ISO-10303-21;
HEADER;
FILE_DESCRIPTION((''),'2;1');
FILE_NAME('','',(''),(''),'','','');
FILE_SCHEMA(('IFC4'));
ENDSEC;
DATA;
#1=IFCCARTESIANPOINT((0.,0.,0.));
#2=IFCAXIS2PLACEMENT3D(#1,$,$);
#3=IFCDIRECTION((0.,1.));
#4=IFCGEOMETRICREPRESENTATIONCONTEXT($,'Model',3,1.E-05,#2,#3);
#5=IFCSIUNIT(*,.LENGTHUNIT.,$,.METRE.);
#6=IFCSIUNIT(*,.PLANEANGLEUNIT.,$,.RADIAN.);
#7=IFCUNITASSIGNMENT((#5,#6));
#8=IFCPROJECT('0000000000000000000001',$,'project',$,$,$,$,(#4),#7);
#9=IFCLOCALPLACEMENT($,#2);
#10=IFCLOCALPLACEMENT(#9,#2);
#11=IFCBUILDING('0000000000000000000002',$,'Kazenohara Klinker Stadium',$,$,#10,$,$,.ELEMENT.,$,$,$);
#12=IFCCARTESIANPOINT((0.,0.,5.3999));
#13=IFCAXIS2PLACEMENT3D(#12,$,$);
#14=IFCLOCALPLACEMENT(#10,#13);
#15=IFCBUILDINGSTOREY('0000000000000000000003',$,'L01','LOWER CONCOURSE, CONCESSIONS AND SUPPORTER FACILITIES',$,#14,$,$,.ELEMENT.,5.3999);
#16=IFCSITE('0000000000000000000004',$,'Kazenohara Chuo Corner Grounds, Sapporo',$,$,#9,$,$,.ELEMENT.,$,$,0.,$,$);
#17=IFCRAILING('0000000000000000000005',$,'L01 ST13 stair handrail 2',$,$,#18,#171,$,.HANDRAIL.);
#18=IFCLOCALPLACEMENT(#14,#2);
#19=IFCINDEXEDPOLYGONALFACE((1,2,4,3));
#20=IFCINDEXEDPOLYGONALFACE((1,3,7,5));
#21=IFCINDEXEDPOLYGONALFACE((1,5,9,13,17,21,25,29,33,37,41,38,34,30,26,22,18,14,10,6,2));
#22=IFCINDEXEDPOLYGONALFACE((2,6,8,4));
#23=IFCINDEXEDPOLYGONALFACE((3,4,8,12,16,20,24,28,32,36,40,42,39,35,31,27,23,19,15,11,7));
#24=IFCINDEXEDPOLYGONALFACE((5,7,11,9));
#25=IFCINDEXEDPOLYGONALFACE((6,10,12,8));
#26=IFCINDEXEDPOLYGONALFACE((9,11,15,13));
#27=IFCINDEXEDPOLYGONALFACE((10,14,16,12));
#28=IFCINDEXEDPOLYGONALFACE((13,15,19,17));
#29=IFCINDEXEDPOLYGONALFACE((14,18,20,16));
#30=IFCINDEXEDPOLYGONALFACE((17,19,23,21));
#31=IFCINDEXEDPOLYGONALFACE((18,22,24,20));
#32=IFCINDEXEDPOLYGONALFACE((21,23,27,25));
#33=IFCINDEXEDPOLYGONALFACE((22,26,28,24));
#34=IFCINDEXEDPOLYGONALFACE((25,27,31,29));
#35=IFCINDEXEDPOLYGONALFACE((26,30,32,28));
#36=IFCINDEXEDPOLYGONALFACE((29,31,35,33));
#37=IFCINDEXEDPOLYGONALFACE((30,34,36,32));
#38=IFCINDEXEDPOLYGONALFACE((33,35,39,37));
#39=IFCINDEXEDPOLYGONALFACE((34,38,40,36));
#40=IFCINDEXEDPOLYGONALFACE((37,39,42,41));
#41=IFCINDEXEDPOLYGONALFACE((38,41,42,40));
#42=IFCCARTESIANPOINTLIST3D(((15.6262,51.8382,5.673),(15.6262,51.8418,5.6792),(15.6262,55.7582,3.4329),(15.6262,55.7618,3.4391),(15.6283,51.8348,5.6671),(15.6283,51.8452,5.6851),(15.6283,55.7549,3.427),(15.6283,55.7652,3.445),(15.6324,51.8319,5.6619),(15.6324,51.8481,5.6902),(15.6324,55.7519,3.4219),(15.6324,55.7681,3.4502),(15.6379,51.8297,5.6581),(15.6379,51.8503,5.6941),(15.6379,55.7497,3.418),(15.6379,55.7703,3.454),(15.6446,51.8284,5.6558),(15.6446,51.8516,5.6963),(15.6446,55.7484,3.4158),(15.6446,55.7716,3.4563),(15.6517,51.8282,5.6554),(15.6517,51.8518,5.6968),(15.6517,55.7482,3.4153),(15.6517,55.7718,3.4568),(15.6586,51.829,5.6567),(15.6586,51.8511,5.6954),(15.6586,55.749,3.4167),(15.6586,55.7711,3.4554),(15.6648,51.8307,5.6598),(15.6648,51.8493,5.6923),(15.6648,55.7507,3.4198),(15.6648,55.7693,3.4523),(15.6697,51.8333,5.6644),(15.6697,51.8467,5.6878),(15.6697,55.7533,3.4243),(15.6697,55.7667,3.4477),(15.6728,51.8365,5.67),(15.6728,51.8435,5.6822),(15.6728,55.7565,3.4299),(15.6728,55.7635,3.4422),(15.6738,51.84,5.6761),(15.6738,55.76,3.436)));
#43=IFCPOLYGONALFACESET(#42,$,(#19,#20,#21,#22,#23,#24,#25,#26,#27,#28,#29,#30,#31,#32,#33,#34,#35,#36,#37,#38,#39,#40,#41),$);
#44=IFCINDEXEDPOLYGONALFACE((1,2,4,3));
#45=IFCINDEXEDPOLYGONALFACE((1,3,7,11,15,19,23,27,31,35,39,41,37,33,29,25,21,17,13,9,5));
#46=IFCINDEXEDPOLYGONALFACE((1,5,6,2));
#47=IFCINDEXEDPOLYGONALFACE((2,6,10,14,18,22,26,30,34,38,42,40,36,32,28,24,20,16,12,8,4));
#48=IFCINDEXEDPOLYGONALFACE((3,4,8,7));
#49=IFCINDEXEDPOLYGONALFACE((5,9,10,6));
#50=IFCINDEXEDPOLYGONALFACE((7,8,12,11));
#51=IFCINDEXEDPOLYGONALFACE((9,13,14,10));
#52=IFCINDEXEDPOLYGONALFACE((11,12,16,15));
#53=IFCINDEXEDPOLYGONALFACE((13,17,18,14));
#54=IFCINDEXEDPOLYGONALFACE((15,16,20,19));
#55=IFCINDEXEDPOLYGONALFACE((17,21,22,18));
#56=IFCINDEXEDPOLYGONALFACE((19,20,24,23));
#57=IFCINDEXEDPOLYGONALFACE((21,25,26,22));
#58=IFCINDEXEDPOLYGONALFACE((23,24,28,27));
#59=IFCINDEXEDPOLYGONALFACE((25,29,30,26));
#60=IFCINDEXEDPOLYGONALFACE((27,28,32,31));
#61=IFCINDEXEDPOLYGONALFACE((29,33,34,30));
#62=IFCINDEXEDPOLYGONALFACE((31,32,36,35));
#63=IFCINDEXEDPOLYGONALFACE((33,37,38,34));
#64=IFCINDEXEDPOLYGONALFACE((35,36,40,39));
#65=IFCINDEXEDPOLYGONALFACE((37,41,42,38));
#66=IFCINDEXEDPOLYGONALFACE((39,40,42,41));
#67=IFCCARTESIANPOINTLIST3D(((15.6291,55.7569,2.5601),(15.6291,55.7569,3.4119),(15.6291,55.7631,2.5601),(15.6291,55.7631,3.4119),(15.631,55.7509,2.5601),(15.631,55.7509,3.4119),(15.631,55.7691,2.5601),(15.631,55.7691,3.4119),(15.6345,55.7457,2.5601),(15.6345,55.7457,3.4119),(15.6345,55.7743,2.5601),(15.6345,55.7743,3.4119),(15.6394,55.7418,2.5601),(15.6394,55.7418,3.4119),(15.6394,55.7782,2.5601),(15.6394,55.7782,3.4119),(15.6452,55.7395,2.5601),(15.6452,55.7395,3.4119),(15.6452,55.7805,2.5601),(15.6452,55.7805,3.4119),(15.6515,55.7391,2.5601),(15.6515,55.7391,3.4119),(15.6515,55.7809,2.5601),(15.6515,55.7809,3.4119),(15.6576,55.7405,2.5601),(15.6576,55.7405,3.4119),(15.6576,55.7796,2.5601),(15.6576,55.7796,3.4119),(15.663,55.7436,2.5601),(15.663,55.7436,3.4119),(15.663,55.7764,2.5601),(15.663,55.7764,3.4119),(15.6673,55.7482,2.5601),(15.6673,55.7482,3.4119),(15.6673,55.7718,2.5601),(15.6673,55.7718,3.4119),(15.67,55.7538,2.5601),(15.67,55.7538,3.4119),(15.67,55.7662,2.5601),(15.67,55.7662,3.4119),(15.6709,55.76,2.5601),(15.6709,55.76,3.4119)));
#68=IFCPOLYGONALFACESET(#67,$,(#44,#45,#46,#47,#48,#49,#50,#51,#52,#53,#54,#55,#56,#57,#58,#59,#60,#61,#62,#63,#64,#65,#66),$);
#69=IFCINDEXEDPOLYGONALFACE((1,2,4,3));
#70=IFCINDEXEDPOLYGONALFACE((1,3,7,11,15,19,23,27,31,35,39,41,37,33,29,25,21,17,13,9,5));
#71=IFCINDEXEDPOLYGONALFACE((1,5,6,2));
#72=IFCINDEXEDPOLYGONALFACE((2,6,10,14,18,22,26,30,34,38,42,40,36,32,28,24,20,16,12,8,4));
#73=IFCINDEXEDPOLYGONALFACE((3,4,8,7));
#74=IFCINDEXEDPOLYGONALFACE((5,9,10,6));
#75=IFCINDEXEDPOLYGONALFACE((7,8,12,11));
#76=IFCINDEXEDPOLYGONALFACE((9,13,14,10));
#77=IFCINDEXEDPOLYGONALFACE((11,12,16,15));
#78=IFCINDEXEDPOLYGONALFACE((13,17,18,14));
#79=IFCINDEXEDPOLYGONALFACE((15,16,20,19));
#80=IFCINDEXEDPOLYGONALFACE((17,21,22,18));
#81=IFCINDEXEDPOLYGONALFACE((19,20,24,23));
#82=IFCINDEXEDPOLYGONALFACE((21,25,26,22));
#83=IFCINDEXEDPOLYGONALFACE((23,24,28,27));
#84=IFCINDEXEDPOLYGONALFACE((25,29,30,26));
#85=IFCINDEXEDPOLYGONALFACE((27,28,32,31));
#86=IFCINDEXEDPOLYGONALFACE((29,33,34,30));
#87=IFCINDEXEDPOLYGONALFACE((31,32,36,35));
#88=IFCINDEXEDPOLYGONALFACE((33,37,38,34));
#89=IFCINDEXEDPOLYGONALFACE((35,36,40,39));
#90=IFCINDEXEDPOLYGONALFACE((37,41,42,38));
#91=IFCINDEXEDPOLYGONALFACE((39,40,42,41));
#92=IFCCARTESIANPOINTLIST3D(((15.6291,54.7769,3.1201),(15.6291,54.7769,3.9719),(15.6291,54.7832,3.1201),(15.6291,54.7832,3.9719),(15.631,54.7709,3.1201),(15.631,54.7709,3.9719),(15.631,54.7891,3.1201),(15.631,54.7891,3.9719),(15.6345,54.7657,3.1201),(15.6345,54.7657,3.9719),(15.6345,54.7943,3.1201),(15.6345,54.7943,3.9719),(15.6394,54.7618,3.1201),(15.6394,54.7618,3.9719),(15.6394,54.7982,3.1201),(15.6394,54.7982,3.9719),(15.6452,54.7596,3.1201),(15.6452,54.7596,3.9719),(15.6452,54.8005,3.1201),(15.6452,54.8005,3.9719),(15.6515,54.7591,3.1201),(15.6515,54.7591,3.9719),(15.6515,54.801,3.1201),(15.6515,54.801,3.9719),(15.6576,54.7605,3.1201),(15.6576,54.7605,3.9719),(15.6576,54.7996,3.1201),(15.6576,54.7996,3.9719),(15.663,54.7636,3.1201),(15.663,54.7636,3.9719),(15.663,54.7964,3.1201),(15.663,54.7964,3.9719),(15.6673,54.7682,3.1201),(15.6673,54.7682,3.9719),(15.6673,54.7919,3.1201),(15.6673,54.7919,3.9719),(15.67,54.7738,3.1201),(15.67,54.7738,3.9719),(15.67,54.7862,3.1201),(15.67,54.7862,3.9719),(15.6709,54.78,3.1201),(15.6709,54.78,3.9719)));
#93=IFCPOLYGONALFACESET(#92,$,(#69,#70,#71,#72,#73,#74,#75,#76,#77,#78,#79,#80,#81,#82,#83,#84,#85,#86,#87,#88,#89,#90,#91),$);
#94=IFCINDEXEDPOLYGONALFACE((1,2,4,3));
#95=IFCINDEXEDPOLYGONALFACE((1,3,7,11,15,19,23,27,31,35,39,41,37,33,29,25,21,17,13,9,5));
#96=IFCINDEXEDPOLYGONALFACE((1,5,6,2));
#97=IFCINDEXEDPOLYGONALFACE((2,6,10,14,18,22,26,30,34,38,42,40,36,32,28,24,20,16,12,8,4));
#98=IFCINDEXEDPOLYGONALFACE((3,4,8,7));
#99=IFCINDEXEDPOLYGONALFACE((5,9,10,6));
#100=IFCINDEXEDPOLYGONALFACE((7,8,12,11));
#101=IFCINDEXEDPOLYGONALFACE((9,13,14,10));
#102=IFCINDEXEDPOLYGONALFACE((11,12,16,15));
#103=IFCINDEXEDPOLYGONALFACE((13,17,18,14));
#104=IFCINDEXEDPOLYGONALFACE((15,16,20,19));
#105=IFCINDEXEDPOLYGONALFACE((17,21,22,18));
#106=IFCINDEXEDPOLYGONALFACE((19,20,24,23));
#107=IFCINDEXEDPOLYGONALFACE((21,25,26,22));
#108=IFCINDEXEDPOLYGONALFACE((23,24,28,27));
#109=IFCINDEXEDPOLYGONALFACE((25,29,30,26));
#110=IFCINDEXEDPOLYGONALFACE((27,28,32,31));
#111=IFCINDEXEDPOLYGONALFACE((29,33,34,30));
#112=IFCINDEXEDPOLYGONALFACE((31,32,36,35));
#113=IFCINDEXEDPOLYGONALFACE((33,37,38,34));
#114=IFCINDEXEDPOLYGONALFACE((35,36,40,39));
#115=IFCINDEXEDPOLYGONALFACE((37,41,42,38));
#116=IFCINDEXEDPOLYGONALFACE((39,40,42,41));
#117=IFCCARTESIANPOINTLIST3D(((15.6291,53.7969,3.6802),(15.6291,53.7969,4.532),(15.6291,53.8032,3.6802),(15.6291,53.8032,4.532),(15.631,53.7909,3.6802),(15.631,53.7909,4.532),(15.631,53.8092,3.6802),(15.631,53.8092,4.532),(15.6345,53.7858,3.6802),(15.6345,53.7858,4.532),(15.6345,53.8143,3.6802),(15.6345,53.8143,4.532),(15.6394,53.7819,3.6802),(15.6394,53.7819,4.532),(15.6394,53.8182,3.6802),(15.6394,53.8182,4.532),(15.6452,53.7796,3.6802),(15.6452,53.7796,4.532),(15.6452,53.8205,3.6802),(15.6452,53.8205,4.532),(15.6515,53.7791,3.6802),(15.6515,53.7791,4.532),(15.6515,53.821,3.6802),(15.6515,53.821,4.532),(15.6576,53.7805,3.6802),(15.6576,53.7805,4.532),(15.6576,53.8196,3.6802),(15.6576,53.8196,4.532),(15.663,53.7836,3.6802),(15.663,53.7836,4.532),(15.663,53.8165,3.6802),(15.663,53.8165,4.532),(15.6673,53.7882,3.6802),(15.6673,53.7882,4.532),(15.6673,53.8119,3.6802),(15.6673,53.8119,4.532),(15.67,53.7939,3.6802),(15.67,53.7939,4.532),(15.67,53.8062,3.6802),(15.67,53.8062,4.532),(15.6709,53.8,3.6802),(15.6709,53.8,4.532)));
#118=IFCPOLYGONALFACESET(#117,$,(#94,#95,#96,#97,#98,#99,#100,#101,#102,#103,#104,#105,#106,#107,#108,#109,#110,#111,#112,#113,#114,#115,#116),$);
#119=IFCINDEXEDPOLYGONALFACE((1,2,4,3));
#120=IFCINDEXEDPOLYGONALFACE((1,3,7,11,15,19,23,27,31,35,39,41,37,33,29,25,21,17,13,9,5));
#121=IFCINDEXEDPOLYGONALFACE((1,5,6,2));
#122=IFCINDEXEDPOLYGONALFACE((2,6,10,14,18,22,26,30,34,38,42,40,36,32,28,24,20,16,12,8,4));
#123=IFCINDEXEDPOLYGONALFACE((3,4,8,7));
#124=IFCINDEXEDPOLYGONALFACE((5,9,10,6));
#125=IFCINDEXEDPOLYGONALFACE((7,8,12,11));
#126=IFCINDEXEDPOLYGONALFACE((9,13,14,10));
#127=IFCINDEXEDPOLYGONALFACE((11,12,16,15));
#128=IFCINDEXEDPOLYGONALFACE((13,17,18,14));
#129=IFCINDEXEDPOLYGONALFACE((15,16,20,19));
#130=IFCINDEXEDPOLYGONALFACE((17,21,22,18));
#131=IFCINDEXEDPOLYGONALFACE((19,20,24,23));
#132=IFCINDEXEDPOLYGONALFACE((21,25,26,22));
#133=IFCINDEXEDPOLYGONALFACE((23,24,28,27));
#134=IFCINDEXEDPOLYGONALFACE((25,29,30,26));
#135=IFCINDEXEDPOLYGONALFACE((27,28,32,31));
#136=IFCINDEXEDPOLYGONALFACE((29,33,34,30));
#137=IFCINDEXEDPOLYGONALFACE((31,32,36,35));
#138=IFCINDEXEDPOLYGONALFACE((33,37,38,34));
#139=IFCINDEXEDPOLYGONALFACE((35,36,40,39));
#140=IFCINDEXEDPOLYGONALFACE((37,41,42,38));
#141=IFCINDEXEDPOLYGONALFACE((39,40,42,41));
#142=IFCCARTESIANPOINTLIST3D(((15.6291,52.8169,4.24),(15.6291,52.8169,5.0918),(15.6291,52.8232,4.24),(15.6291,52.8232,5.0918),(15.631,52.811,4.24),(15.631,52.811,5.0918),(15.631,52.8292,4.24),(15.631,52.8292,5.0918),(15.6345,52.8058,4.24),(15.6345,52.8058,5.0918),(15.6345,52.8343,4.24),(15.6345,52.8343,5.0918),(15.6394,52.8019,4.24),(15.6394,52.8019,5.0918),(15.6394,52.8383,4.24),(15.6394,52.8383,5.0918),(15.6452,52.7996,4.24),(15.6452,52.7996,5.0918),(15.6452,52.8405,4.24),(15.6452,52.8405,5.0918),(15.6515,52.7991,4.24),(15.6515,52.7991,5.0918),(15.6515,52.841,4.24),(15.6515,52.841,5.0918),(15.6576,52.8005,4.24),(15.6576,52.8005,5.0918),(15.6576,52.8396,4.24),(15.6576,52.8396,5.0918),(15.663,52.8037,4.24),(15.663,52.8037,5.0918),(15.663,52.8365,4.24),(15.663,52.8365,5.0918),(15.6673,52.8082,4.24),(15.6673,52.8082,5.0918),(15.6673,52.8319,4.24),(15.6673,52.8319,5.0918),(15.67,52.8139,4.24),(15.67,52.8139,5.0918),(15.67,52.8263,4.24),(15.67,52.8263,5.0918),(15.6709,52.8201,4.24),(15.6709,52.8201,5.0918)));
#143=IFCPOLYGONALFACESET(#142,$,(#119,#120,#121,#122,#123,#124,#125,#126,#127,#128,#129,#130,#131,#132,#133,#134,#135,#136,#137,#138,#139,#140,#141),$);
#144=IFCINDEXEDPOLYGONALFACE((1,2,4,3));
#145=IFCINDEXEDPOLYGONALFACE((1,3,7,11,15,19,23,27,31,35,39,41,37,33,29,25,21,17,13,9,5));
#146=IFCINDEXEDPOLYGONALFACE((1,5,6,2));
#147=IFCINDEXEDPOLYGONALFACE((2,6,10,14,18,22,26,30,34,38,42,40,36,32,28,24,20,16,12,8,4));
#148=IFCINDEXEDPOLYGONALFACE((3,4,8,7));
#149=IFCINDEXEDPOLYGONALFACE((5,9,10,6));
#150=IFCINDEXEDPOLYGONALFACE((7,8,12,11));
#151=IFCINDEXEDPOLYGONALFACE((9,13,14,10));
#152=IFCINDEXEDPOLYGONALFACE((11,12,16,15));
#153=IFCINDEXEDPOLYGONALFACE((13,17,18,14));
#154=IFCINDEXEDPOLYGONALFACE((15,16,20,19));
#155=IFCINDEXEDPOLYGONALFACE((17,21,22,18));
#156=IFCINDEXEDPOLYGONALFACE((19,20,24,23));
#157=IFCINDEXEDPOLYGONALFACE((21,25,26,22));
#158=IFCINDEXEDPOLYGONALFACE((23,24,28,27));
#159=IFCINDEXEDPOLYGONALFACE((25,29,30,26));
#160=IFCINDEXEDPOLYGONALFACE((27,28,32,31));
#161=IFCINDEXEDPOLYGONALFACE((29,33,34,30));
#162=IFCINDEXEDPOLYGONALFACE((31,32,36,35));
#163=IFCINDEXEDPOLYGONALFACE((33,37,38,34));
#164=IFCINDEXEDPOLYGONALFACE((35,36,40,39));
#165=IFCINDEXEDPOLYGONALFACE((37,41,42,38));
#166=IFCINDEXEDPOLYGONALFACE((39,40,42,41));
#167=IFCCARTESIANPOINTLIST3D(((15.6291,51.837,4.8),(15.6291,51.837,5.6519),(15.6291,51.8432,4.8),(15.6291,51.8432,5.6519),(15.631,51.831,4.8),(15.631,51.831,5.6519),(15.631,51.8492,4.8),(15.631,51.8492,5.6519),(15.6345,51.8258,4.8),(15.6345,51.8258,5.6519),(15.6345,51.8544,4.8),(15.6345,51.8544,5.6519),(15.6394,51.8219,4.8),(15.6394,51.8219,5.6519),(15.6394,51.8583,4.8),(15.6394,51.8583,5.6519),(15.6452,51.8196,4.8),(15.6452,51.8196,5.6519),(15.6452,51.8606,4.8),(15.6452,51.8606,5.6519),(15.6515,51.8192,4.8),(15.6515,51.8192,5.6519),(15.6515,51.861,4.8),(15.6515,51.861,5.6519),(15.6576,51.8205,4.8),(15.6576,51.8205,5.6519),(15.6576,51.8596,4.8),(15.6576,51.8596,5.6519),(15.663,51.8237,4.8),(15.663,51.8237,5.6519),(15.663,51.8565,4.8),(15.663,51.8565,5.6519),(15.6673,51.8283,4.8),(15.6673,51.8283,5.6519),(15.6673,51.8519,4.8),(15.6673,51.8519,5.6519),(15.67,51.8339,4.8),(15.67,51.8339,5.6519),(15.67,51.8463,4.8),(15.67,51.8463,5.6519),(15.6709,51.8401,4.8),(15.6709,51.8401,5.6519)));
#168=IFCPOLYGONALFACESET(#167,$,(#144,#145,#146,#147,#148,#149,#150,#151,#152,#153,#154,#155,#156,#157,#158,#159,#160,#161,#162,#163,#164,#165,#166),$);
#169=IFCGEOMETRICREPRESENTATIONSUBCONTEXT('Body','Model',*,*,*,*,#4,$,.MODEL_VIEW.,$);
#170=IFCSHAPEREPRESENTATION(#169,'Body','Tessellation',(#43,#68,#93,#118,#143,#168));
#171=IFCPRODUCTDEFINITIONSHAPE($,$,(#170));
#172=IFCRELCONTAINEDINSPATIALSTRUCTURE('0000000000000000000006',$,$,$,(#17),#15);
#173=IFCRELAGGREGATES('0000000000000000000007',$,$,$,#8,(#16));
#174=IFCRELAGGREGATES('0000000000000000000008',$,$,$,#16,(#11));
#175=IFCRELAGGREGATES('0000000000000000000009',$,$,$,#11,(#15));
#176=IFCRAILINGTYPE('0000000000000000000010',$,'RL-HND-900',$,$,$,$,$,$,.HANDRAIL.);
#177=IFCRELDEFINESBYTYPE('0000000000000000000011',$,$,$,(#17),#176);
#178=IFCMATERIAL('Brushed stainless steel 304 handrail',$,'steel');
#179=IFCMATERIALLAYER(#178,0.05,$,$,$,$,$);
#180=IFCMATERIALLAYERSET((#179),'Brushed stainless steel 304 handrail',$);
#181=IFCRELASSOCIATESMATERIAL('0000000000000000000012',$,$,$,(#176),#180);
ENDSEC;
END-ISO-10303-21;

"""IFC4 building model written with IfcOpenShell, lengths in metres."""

from ifc_helpers import new_model, si_unit, direction, frame, origin, origin_2d, place, context, subcontext, project, spatial, circle, extrude, material, layer, layer_set, type_object, element, save


model = new_model("IFC4")

# Units and contexts
model_context = context("Model", 3, precision=1e-05, world=origin(), true_north=direction((0.0, 1.0)))
body_context = subcontext(model_context, "Body", "Model", "MODEL_VIEW")
ifc_project = project(units=[si_unit("LENGTHUNIT", "METRE"), si_unit("PLANEANGLEUNIT", "RADIAN")], contexts=[model_context])

# Site, building, storey
site_placement = place(None, origin())
site = spatial("IfcSite", under=ifc_project, at=site_placement, Name="Kazenohara Chuo Corner Grounds, Sapporo", CompositionType="ELEMENT", RefElevation=0.0)
building_placement = place(site_placement, origin())
building = spatial("IfcBuilding", under=site, at=building_placement, Name="Kazenohara Klinker Stadium", CompositionType="ELEMENT")
storey_placement = place(building_placement, frame((0.0, 0.0, 5.3999)))
storey = spatial("IfcBuildingStorey", under=building, at=storey_placement, Name="L01", Description="LOWER CONCOURSE, CONCESSIONS AND SUPPORTER FACILITIES", CompositionType="ELEMENT", Elevation=5.3999)

# Railing
ifc_material_1 = material(Name="Brushed stainless steel 304 handrail", Category="steel")
ifc_layer_1 = layer(ifc_material_1, 0.05)
ifc_layer_set_1 = layer_set([ifc_layer_1], Name="Brushed stainless steel 304 handrail")
railing_type_1 = type_object("IfcRailingType", Name="RL-HND-900", PredefinedType="HANDRAIL", material=ifc_layer_set_1)
railing_1_placement = place(storey_placement, frame((15.6499, 55.76, 2.5601)))
element("IfcRailing", 1, at=railing_1_placement, inside=storey, type_object=railing_type_1, Name="L01 ST13 stair handrail 2", PredefinedType="HANDRAIL", context=body_context, shape_type="SweptSolid", body=[
    extrude(circle(Radius=0.0239, at=origin_2d()), frame((0.0, 0.0, 0.876), z_axis=(0.0, -0.86824, 0.496145), x_axis=(1.0, 0.0, 0.0)), (0.0, 0.0, 1.0), 4.5149),
    extrude(circle(Radius=0.021, at=origin_2d()), origin(), (0.0, 0.0, 1.0), 0.8518),
    extrude(circle(Radius=0.021, at=origin_2d()), frame((0.0, -0.98, 0.5601)), (0.0, 0.0, 1.0), 0.8518),
    extrude(circle(Radius=0.021, at=origin_2d()), frame((0.0, -1.96, 1.1201)), (0.0, 0.0, 1.0), 0.8518),
    extrude(circle(Radius=0.021, at=origin_2d()), frame((0.0, -2.9399, 1.6799)), (0.0, 0.0, 1.0), 0.8518),
    extrude(circle(Radius=0.021, at=origin_2d()), frame((0.0, -3.9199, 2.24)), (0.0, 0.0, 1.0), 0.8518),
])

save(model, "model.ifc")
